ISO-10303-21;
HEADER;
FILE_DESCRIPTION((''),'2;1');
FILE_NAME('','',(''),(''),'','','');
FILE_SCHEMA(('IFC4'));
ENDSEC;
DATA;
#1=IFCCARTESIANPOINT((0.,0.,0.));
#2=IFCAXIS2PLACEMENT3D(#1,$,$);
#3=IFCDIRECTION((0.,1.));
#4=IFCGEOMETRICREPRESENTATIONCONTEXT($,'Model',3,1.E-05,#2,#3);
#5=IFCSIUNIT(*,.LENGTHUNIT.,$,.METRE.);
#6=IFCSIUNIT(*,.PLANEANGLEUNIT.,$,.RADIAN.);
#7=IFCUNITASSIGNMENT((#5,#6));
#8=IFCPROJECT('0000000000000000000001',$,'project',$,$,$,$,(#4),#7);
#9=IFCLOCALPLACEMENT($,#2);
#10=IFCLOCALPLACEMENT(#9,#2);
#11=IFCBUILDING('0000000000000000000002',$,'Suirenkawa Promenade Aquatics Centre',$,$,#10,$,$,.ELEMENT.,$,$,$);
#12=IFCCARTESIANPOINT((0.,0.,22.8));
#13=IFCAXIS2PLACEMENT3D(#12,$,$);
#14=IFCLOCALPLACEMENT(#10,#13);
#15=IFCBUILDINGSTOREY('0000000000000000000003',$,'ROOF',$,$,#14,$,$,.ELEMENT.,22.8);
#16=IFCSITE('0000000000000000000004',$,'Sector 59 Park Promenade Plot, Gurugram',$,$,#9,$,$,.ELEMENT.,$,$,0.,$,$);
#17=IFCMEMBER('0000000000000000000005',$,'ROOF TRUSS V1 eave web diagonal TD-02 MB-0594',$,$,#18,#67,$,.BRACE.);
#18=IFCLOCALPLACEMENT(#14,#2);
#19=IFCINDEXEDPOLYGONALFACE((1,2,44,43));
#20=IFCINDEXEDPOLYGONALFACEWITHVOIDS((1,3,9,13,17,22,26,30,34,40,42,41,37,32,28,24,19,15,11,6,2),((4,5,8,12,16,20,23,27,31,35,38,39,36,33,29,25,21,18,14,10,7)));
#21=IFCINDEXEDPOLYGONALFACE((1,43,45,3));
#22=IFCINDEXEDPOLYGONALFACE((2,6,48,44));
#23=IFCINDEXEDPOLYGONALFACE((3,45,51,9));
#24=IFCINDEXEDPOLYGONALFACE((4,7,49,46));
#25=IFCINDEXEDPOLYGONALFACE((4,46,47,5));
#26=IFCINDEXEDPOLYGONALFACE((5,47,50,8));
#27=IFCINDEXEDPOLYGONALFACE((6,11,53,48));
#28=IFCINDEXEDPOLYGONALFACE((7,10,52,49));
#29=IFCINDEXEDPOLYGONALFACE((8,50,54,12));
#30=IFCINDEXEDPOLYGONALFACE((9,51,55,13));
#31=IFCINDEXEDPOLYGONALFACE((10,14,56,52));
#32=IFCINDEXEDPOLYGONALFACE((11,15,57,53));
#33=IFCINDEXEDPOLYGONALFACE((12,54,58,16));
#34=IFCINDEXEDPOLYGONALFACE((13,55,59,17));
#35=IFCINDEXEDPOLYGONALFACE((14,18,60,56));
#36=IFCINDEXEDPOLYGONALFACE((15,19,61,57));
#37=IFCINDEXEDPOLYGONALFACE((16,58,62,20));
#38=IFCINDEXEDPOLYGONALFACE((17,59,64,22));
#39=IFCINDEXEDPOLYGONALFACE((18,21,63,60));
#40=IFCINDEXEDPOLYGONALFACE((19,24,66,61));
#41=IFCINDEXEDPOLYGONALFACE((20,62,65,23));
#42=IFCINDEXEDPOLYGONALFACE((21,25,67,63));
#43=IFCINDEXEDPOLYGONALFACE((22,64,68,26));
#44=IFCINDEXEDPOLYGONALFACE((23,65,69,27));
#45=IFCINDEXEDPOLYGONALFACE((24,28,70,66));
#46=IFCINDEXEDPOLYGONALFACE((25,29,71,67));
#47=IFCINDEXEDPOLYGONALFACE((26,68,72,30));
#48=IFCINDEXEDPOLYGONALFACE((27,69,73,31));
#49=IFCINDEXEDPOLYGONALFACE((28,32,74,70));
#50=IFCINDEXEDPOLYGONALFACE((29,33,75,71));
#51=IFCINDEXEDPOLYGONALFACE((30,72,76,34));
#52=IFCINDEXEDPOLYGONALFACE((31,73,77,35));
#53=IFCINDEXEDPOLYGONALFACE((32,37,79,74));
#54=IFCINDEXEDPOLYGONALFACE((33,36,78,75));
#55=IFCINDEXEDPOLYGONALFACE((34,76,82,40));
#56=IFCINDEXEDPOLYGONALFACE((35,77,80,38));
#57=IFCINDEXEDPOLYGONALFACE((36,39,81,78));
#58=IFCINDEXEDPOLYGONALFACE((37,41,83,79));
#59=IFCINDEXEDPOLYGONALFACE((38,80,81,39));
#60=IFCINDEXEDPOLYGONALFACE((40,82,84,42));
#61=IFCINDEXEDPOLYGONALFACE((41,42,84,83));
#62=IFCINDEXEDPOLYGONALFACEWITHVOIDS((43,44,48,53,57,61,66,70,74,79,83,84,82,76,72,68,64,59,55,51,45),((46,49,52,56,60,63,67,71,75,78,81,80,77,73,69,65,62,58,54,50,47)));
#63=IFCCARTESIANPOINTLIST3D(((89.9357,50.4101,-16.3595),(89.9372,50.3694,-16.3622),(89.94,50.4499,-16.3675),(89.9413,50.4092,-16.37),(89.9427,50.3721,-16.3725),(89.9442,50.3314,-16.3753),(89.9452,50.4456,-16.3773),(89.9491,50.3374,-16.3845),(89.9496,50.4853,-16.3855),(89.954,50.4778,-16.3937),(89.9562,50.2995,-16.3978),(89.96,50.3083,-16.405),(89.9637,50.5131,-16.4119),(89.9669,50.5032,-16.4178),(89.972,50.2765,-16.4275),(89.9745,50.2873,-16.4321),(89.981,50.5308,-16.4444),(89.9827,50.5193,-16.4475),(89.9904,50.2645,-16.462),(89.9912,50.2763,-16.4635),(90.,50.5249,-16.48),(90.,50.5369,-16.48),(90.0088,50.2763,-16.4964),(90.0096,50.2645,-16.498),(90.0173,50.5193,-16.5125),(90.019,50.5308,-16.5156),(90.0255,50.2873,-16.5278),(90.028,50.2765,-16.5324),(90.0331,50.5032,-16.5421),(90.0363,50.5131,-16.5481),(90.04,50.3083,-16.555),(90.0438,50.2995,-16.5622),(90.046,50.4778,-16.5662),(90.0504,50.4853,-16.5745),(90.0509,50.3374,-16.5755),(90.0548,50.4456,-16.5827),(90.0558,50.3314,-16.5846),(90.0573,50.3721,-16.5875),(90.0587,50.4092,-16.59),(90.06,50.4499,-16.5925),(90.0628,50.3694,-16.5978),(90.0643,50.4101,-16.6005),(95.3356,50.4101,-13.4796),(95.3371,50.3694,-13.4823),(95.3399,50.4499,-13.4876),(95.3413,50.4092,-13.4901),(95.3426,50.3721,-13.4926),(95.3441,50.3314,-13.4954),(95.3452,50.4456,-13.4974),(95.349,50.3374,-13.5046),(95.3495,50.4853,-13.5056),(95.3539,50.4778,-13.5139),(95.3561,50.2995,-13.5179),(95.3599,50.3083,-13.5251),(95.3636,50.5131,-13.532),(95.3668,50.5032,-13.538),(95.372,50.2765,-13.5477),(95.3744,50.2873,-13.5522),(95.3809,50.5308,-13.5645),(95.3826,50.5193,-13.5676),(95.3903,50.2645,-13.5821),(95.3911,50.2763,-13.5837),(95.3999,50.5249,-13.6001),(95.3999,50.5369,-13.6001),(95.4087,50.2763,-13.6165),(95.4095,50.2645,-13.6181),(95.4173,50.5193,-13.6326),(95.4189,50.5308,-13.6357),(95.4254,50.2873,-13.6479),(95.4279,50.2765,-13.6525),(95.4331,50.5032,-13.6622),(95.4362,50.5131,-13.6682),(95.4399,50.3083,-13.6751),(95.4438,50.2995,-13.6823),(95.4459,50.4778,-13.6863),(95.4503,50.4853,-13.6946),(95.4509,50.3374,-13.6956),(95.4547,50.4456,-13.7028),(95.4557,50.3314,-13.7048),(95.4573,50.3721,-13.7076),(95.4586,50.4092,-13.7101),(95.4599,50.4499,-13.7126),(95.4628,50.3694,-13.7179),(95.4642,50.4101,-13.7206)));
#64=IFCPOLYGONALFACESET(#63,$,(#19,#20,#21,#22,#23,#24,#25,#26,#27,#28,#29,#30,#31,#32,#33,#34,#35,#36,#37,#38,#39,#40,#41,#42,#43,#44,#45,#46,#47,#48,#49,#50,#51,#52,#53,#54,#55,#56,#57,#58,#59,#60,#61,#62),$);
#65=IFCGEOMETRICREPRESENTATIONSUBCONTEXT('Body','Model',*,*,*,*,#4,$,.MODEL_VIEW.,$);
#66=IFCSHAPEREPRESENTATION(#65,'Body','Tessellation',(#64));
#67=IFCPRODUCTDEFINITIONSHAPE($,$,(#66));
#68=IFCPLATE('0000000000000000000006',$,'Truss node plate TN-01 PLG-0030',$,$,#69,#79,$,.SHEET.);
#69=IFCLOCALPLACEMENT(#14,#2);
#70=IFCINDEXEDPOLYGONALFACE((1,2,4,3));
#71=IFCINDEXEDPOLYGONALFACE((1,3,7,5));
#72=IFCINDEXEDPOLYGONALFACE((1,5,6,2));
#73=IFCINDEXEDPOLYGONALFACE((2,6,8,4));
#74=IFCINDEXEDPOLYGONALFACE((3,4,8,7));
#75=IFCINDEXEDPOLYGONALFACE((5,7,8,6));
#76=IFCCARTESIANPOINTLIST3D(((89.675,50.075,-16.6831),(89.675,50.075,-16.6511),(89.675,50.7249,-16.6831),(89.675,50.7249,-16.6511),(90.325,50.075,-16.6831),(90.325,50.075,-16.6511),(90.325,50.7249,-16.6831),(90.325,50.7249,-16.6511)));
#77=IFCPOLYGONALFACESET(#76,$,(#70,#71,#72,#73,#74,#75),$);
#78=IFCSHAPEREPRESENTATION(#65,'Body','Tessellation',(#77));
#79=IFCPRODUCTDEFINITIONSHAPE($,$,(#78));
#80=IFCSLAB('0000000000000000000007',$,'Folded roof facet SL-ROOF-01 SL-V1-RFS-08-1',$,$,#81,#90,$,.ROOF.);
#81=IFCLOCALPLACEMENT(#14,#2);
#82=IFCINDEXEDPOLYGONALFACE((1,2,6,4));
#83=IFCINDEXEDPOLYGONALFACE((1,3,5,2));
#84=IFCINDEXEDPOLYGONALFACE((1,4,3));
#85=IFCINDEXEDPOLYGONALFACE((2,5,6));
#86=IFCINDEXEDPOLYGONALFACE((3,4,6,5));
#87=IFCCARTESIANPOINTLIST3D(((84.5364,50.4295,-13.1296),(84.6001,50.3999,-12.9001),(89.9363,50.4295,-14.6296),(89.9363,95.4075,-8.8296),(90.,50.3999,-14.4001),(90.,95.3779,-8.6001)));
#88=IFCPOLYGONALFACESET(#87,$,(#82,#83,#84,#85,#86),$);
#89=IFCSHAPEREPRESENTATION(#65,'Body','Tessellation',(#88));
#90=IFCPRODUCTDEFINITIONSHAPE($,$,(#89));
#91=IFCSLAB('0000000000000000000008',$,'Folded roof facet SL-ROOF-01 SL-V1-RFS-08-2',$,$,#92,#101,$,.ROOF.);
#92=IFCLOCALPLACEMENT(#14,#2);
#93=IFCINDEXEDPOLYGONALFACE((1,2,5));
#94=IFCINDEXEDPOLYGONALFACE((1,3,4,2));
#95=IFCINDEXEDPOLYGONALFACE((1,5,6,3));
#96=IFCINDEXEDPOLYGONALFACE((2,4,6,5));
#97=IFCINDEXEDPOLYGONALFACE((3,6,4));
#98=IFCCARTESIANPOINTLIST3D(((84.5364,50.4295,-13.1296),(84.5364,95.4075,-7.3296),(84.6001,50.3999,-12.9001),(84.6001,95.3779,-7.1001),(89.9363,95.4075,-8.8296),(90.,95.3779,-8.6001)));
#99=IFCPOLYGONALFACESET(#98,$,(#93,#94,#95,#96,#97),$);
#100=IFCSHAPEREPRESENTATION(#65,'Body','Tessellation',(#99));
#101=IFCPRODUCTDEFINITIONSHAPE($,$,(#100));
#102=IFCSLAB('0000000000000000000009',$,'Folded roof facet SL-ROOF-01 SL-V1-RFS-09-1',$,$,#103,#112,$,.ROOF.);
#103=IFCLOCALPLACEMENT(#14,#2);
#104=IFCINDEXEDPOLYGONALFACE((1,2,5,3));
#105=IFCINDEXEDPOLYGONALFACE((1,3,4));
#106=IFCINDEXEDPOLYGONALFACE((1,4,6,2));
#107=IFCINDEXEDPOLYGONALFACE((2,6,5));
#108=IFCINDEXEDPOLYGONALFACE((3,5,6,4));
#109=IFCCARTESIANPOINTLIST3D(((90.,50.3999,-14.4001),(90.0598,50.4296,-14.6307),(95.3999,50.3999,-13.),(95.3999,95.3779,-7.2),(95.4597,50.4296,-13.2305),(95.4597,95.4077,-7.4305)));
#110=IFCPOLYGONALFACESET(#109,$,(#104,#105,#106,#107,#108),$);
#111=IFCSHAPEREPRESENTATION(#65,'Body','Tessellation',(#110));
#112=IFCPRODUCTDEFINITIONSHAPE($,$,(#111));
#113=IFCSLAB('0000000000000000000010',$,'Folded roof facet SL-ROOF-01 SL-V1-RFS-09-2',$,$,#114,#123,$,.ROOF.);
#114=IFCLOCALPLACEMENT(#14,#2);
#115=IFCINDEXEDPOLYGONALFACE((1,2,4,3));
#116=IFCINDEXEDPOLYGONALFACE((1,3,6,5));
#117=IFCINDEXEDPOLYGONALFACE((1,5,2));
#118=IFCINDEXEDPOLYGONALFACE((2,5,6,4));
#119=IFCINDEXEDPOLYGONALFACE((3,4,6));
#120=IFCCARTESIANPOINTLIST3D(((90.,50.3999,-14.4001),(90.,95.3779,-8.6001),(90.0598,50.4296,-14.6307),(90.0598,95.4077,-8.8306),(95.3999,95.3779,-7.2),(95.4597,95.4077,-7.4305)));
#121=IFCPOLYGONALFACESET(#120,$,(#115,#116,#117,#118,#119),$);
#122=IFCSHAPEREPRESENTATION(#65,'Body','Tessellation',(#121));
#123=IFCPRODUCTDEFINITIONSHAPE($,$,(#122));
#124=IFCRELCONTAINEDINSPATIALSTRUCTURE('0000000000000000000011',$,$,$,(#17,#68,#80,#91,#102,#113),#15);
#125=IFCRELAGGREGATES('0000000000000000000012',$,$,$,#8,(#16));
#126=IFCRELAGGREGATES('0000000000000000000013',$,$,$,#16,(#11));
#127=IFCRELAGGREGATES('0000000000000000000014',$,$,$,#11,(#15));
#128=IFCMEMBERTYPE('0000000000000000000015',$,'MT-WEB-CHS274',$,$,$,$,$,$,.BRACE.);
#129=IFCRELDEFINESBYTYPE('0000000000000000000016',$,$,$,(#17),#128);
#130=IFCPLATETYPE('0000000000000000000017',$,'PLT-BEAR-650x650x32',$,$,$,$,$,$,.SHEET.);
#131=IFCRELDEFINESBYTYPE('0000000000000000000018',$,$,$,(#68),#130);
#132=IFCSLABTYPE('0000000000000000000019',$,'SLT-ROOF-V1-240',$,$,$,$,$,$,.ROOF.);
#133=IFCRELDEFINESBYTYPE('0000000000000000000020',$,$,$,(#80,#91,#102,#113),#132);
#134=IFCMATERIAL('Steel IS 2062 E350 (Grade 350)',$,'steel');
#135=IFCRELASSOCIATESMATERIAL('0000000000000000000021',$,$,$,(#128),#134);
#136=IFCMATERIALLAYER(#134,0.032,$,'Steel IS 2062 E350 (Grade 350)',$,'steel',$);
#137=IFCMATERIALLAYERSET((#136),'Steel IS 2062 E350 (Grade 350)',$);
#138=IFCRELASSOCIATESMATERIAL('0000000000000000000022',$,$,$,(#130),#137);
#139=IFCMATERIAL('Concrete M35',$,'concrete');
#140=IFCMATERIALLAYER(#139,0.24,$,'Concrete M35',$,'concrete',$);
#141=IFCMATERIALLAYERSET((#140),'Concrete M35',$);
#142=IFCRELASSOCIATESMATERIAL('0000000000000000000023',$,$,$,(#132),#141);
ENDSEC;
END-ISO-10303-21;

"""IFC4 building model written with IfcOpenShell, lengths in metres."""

from ifc_helpers import new_model, si_unit, direction, frame, origin, origin_2d, place, context, subcontext, project, spatial, polyline, rectangle, hollow_circle, outline, extrude, material, layer, layer_set, material_profile, profile_set, type_object, element, save


model = new_model("IFC4")

# Units and contexts
model_context = context("Model", 3, precision=1e-05, world=origin(), true_north=direction((0.0, 1.0)))
body_context = subcontext(model_context, "Body", "Model", "MODEL_VIEW")
ifc_project = project(units=[si_unit("LENGTHUNIT", "METRE"), si_unit("PLANEANGLEUNIT", "RADIAN")], contexts=[model_context])

# Site, building, storey
site_placement = place(None, origin())
site = spatial("IfcSite", under=ifc_project, at=site_placement, Name="Sector 59 Park Promenade Plot, Gurugram", CompositionType="ELEMENT", RefElevation=0.0)
building_placement = place(site_placement, origin())
building = spatial("IfcBuilding", under=site, at=building_placement, Name="Suirenkawa Promenade Aquatics Centre", CompositionType="ELEMENT")
storey_placement = place(building_placement, frame((0.0, 0.0, 22.8)))
storey = spatial("IfcBuildingStorey", under=building, at=storey_placement, Name="ROOF", CompositionType="ELEMENT", Elevation=22.8)

# Shared definitions
ifc_material_1 = material(Name="Steel IS 2062 E350 (Grade 350)", Category="steel")

# Member
ifc_material_profile_1 = material_profile(ifc_material_1, hollow_circle(Radius=0.137, WallThickness=0.012, at=origin_2d()), Name="CHS 274x12", Category="steel")
ifc_profile_set_1 = profile_set([ifc_material_profile_1], Name="Steel IS 2062 E350 (Grade 350)")
member_type_1 = type_object("IfcMemberType", Name="MT-WEB-CHS274", PredefinedType="BRACE", material=ifc_profile_set_1)
member_1_placement = place(storey_placement, frame((90.0, 50.3999, -16.48), z_axis=(0.882357, 0.0, 0.47058), x_axis=(0.0, 1.0, 0.0)))
element("IfcMember", 1, at=member_1_placement, inside=storey, type_object=member_type_1, Name="ROOF TRUSS V1 eave web diagonal TD-02 MB-0594", PredefinedType="BRACE", context=body_context, shape_type="SweptSolid", body=[
    extrude(hollow_circle(Radius=0.137, WallThickness=0.012, at=origin_2d()), origin(), (0.0, 0.0, 1.0), 6.1199),
])

# Plate
ifc_layer_1 = layer(ifc_material_1, 0.032, Name="Steel IS 2062 E350 (Grade 350)", Category="steel")
ifc_layer_set_1 = layer_set([ifc_layer_1], Name="Steel IS 2062 E350 (Grade 350)")
plate_type = type_object("IfcPlateType", Name="PLT-BEAR-650x650x32", PredefinedType="SHEET", material=ifc_layer_set_1)
plate_placement = place(storey_placement, frame((90.0, 50.3999, -16.6831), z_axis=(0.0, 0.0, 1.0), x_axis=(1.0, 0.0, 0.0)))
element("IfcPlate", 2, at=plate_placement, inside=storey, type_object=plate_type, Name="Truss node plate TN-01 PLG-0030", PredefinedType="SHEET", context=body_context, shape_type="SweptSolid", body=[
    extrude(rectangle(XDim=0.6499, YDim=0.6499, at=origin_2d()), origin(), (0.0, 0.0, 1.0), 0.032),
])

# Slabs
ifc_material_2 = material(Name="Concrete M35", Category="concrete")
ifc_layer_2 = layer(ifc_material_2, 0.24, Name="Concrete M35", Category="concrete")
ifc_layer_set_2 = layer_set([ifc_layer_2], Name="Concrete M35")
slab_type = type_object("IfcSlabType", Name="SLT-ROOF-V1-240", PredefinedType="ROOF", material=ifc_layer_set_2)
slab_1_placement = place(storey_placement, frame((84.6001, 50.3999, -12.9001), z_axis=(0.265606, -0.1233, 0.956164), x_axis=(0.963517, 0.0, -0.267648)))
element("IfcSlab", 3, at=slab_1_placement, inside=storey, type_object=slab_type, Name="Folded roof facet SL-ROOF-01 SL-V1-RFS-08-1", PredefinedType="ROOF", context=body_context, shape_type="SweptSolid", body=[
    extrude(outline(polyline([(0.0, 0.0), (5.6044, 0.0), (4.052, 45.3239), (0.0, 0.0)])), origin(), (0.0, 0.0, -1.0), 0.24),
])
slab_2_placement = place(storey_placement, frame((84.6001, 50.3999, -12.9001), z_axis=(0.265606, -0.1233, 0.956164), x_axis=(0.118667, 0.988427, 0.094497)))
element("IfcSlab", 4, at=slab_2_placement, inside=storey, type_object=slab_type, Name="Folded roof facet SL-ROOF-01 SL-V1-RFS-08-2", PredefinedType="ROOF", context=body_context, shape_type="SweptSolid", body=[
    extrude(outline(polyline([(0.0, 0.0), (45.5046, 0.0), (45.0056, 5.5821), (0.0, 0.0)])), origin(), (0.0, 0.0, -1.0), 0.24),
])
slab_3_placement = place(storey_placement, frame((90.0, 50.3999, -14.4001), z_axis=(-0.249058, -0.123864, 0.960535), x_axis=(0.967989, 0.0, 0.250991)))
element("IfcSlab", 5, at=slab_3_placement, inside=storey, type_object=slab_type, Name="Folded roof facet SL-ROOF-01 SL-V1-RFS-09-1", PredefinedType="ROOF", context=body_context, shape_type="SweptSolid", body=[
    extrude(outline(polyline([(0.0, 0.0), (5.5785, 0.0), (7.0342, 45.3271), (0.0, 0.0)])), origin(), (0.0, 0.0, -1.0), 0.24),
])
slab_4_placement = place(storey_placement, frame((90.0, 50.3999, -14.4001), z_axis=(-0.249058, -0.123864, 0.960535), x_axis=(0.117723, 0.980562, 0.156971)))
element("IfcSlab", 6, at=slab_4_placement, inside=storey, type_object=slab_type, Name="Folded roof facet SL-ROOF-01 SL-V1-RFS-09-2", PredefinedType="ROOF", context=body_context, shape_type="SweptSolid", body=[
    extrude(outline(polyline([(0.0, 0.0), (45.8696, 0.0), (45.0142, 5.5125), (0.0, 0.0)])), origin(), (0.0, 0.0, -1.0), 0.24),
])

save(model, "model.ifc")
